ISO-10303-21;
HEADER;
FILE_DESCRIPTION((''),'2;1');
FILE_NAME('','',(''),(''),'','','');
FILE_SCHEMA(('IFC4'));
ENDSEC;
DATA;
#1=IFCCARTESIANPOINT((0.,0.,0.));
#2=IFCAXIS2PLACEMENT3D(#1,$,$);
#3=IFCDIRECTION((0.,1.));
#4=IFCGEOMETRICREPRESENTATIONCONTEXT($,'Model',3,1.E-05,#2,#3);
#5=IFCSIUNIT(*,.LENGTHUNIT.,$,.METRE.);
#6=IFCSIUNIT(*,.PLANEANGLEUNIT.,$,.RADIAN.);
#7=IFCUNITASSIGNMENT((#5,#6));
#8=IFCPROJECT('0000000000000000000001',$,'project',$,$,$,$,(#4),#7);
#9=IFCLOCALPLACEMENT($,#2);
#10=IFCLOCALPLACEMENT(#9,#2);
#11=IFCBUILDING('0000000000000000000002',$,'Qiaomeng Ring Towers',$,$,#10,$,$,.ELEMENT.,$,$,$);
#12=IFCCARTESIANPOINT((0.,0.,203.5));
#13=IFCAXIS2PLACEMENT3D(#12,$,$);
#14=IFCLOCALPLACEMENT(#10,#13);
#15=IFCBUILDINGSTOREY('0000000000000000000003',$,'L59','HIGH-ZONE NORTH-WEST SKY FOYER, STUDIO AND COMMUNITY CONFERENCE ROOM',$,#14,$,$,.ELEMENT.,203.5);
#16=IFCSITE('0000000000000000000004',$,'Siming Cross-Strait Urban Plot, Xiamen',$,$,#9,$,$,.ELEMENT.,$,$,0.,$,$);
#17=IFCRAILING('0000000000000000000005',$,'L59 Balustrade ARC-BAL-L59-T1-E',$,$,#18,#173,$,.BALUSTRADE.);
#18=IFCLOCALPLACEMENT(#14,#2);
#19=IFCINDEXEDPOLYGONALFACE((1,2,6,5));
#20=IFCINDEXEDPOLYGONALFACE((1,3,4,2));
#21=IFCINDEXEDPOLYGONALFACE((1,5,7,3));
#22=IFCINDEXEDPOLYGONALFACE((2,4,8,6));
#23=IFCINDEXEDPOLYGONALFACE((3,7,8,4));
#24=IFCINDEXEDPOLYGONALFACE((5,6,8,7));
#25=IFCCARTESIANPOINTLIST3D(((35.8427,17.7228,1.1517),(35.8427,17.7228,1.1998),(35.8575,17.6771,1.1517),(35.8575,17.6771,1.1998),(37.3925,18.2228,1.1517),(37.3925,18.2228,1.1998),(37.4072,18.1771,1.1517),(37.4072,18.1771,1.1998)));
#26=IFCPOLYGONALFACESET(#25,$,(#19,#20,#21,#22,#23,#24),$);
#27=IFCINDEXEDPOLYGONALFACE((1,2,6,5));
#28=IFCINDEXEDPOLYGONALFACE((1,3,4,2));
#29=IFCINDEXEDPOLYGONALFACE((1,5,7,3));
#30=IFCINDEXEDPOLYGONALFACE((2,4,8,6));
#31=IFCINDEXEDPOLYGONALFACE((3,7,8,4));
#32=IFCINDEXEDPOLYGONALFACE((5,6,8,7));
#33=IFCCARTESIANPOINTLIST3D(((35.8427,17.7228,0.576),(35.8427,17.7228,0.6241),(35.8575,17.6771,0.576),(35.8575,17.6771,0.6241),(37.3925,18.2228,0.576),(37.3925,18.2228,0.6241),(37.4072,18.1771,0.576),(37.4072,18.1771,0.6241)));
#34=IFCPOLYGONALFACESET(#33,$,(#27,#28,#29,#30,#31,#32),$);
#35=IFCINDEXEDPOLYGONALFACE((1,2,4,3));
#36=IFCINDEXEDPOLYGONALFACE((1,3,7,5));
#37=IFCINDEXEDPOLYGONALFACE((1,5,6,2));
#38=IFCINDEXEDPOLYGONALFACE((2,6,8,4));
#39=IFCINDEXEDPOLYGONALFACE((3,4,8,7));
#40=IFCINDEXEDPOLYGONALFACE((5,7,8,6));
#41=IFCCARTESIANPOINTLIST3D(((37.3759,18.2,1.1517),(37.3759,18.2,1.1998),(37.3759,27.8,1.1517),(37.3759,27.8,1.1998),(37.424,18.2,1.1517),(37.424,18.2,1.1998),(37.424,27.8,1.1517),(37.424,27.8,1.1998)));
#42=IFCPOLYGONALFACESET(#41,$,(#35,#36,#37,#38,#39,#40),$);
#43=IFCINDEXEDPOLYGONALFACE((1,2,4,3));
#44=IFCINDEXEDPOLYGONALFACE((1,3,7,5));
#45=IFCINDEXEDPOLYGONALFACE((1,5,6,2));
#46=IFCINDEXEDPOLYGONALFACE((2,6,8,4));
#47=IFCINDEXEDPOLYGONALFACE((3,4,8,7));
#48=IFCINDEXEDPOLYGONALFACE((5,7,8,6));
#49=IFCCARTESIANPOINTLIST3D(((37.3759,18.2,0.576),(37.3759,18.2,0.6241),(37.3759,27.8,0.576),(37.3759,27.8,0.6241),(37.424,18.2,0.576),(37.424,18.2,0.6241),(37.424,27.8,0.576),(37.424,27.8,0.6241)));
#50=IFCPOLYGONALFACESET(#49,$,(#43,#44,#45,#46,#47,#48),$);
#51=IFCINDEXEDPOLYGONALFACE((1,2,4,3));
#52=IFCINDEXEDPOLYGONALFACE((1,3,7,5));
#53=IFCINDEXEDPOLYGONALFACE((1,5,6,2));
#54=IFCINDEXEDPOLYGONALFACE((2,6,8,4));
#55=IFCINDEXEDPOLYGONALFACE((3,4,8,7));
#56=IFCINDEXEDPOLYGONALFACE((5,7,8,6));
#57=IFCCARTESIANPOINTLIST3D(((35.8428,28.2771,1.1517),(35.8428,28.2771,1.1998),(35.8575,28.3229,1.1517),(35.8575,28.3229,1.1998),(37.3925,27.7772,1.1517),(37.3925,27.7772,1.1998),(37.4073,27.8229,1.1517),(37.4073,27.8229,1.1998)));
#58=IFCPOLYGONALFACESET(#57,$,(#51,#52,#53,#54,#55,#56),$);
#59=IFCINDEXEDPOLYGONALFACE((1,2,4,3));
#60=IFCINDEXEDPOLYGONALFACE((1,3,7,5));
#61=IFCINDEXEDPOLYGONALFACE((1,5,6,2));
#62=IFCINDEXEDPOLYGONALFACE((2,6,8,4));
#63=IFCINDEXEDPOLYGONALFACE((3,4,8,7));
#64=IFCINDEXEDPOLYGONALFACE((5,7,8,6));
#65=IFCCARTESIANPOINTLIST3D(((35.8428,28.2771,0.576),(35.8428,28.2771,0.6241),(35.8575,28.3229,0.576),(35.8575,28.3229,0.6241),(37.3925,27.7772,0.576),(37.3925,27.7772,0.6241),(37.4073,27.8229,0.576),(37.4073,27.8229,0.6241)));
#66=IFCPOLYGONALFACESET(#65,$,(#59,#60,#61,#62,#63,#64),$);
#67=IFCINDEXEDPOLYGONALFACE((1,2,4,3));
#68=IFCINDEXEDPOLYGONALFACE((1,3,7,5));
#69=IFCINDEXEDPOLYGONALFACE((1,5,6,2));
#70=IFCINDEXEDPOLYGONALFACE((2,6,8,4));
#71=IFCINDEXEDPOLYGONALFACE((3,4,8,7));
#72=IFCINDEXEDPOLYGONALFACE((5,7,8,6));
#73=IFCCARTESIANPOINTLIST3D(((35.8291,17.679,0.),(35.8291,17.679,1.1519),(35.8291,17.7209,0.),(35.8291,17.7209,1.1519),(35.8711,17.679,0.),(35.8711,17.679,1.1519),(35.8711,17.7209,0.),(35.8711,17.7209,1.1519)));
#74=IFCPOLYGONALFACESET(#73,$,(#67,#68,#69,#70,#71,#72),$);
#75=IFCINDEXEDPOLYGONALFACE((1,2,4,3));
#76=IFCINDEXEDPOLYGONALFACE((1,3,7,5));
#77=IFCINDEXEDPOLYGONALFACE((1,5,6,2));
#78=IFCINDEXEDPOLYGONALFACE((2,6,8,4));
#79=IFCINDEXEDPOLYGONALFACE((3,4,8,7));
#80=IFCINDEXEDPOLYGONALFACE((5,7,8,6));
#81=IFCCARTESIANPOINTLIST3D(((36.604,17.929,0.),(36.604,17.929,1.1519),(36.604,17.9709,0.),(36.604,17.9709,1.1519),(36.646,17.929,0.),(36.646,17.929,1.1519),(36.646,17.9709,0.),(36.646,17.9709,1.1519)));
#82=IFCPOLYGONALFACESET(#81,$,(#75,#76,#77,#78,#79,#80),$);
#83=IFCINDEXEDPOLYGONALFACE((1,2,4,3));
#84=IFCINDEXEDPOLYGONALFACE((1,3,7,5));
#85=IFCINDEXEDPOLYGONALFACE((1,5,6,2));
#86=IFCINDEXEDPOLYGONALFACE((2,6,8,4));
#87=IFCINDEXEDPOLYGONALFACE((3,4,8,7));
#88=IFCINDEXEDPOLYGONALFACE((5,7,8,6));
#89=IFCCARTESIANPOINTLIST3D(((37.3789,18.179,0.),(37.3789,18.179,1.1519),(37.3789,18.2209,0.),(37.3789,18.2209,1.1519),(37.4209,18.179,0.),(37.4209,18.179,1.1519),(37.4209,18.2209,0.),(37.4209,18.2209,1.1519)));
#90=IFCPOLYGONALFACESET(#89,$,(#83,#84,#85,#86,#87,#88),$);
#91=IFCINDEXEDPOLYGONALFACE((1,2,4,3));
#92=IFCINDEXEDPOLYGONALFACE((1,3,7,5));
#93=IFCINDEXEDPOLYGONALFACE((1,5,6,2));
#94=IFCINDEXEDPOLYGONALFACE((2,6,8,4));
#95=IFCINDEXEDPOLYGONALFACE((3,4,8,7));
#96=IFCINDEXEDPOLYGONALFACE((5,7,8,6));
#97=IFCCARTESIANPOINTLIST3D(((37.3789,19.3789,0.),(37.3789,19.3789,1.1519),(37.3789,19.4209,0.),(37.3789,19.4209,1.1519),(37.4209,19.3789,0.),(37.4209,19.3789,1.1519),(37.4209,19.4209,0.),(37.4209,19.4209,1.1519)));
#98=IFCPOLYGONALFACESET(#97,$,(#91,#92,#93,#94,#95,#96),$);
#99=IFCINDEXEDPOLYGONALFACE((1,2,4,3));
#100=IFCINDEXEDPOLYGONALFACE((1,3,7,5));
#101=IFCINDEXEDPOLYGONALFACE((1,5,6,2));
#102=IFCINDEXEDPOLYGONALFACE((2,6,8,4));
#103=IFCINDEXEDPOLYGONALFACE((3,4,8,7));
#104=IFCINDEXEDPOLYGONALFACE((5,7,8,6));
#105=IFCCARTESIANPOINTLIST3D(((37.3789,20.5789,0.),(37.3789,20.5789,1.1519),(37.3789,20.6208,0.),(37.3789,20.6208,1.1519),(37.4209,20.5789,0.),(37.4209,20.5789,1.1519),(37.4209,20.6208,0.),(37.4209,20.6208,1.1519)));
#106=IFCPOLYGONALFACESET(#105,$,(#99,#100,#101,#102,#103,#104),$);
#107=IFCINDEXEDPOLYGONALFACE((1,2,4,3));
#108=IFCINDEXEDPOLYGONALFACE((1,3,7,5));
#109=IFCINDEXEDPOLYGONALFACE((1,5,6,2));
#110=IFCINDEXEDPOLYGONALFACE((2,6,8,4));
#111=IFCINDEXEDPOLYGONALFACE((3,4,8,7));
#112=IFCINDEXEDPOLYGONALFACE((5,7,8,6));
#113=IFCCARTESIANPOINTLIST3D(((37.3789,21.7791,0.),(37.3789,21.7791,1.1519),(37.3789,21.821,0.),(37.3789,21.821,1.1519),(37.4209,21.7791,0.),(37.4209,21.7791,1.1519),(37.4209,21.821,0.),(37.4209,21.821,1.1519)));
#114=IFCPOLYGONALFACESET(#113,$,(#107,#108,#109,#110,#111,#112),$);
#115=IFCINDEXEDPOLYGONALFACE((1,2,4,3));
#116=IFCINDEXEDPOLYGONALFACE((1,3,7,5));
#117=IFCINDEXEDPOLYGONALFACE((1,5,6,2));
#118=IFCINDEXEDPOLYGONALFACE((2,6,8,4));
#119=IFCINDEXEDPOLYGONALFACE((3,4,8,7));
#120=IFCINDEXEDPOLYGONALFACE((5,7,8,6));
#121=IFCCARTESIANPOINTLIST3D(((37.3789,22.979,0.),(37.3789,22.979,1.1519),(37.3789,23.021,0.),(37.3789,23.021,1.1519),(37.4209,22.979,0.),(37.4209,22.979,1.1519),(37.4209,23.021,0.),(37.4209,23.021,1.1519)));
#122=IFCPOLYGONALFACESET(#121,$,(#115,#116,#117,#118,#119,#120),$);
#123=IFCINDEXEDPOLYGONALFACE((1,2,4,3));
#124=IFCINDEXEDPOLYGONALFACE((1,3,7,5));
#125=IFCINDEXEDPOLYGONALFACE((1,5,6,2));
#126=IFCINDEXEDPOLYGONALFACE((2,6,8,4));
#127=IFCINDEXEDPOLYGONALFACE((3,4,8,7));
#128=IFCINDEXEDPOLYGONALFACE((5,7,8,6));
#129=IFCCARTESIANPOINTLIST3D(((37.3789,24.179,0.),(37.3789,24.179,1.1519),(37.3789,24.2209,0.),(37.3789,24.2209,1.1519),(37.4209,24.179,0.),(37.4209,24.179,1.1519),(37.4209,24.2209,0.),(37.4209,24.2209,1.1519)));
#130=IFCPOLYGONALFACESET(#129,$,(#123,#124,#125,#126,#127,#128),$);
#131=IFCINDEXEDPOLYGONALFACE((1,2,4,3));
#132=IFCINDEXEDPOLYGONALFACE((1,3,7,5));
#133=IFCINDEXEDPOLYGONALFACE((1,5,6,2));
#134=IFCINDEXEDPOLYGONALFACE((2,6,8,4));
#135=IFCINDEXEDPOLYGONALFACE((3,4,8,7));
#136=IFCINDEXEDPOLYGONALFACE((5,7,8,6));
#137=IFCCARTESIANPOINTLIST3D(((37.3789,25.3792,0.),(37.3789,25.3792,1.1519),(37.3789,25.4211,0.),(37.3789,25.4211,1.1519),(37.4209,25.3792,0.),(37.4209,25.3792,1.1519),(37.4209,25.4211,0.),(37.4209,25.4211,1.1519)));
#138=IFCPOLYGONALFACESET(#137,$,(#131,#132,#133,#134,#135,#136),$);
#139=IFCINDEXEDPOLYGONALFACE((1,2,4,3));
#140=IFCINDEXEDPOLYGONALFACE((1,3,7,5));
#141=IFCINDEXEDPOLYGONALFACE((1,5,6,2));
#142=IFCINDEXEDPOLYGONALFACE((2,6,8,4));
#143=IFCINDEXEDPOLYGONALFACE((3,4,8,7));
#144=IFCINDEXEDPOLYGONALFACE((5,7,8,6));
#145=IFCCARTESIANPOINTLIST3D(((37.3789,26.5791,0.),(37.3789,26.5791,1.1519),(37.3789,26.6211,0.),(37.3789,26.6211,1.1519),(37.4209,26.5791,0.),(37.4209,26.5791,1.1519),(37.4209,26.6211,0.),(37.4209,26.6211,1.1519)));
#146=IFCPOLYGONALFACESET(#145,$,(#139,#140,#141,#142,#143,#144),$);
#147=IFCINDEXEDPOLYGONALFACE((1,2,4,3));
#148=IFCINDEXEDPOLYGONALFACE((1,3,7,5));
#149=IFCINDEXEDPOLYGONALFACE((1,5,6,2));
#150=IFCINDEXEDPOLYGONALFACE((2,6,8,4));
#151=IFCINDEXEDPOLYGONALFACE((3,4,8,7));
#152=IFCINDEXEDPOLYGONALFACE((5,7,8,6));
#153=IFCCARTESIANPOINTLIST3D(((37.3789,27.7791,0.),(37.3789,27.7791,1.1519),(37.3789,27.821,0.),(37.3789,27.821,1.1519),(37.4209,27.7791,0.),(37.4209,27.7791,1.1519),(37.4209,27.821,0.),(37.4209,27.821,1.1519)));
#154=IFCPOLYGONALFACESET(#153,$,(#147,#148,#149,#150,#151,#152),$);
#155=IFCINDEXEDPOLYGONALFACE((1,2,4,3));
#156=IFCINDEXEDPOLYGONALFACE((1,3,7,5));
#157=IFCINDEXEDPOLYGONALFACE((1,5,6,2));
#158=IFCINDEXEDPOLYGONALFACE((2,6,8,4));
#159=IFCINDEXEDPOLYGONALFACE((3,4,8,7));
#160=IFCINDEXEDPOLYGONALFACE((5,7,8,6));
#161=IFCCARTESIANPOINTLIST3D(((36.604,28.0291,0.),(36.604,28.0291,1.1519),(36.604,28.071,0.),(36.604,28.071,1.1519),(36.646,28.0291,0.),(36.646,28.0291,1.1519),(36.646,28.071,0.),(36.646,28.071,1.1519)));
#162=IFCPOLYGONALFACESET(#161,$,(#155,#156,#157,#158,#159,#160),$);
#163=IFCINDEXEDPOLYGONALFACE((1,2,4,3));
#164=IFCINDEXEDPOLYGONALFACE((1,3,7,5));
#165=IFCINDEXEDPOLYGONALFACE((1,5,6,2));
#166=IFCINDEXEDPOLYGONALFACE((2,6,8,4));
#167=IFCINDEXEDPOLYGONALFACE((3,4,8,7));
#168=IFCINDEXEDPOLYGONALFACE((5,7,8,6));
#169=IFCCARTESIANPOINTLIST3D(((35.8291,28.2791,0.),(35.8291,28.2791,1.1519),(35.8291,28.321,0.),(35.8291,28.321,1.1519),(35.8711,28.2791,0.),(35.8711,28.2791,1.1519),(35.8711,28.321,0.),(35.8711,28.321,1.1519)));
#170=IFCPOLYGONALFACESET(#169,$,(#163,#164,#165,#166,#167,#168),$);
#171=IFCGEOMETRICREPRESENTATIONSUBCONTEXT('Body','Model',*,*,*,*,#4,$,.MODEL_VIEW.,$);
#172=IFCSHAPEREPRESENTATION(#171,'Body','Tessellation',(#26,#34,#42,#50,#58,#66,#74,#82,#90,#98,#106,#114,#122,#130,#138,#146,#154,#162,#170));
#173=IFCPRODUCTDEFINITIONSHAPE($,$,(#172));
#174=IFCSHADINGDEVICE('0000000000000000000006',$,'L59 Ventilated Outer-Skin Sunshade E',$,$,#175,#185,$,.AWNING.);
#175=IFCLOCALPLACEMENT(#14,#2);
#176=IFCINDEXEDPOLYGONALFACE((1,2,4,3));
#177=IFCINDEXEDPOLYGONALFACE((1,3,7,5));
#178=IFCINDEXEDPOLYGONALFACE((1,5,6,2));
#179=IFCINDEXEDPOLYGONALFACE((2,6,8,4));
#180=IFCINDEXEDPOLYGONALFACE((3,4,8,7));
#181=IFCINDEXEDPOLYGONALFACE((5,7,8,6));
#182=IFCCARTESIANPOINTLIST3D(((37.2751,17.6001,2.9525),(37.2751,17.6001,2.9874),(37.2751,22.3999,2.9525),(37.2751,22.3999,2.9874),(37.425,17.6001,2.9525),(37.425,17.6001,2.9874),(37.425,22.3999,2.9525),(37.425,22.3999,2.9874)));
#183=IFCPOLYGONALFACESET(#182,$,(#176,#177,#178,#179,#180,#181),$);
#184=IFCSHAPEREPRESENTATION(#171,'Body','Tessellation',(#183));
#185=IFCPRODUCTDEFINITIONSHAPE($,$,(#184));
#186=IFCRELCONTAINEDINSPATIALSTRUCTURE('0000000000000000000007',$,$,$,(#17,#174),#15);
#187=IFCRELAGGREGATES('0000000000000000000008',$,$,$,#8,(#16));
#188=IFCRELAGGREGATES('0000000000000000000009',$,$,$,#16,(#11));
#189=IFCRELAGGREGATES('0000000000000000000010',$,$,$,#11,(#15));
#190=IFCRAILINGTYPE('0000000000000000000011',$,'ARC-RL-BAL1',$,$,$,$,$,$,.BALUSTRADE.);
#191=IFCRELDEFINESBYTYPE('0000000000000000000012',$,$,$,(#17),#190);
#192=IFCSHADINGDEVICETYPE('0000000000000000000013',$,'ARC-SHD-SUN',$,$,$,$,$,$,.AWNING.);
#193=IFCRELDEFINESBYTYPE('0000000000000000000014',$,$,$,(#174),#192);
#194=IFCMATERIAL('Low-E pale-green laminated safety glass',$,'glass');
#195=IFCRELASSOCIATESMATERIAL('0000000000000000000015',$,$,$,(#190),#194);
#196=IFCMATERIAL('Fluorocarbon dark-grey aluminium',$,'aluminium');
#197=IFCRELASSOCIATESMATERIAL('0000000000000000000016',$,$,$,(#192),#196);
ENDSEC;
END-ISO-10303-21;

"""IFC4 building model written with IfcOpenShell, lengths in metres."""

from ifc_helpers import new_model, si_unit, direction, frame, origin, origin_2d, place, context, subcontext, project, spatial, rectangle, extrude, source, transform, mapped, material, material_profile, profile_set, type_object, element, save


model = new_model("IFC4")

# Units and contexts
model_context = context("Model", 3, precision=1e-05, world=origin(), true_north=direction((0.0, 1.0)))
body_context = subcontext(model_context, "Body", "Model", "MODEL_VIEW")
ifc_project = project(units=[si_unit("LENGTHUNIT", "METRE"), si_unit("PLANEANGLEUNIT", "RADIAN")], contexts=[model_context])

# Site, building, storey
site_placement = place(None, origin())
site = spatial("IfcSite", under=ifc_project, at=site_placement, Name="Siming Cross-Strait Urban Plot, Xiamen", CompositionType="ELEMENT", RefElevation=0.0)
building_placement = place(site_placement, origin())
building = spatial("IfcBuilding", under=site, at=building_placement, Name="Qiaomeng Ring Towers", CompositionType="ELEMENT")
storey_placement = place(building_placement, frame((0.0, 0.0, 203.5)))
storey = spatial("IfcBuildingStorey", under=building, at=storey_placement, Name="L59", Description="HIGH-ZONE NORTH-WEST SKY FOYER, STUDIO AND COMMUNITY CONFERENCE ROOM", CompositionType="ELEMENT", Elevation=203.5)

# Railing
ifc_material_1 = material(Name="Low-E pale-green laminated safety glass", Category="glass")
railing_type = type_object("IfcRailingType", Name="ARC-RL-BAL1", PredefinedType="BALUSTRADE", material=ifc_material_1)
railing_placement = place(storey_placement, frame((35.8501, 17.7, 0.0)))
element("IfcRailing", 1, at=railing_placement, inside=storey, type_object=railing_type, Name="L59 Balustrade ARC-BAL-L59-T1-E", PredefinedType="BALUSTRADE", context=body_context, shape_type="SweptSolid", body=[
    extrude(rectangle(XDim=0.0481, YDim=0.0481, at=origin_2d()), frame((0.0, 0.0, 1.1758), z_axis=(0.951697, 0.307038, 0.0), x_axis=(-0.307038, 0.951697, 0.0)), (0.0, 0.0, 1.0), 1.6284),
    extrude(rectangle(XDim=0.0481, YDim=0.0481, at=origin_2d()), frame((0.0, 0.0, 0.6001), z_axis=(0.951697, 0.307038, 0.0), x_axis=(-0.307038, 0.951697, 0.0)), (0.0, 0.0, 1.0), 1.6284),
    extrude(rectangle(XDim=0.0481, YDim=0.0481, at=origin_2d()), frame((1.5498, 0.5, 1.1758), z_axis=(0.0, 1.0, 0.0), x_axis=(-1.0, 0.0, 0.0)), (0.0, 0.0, 1.0), 9.6001),
    extrude(rectangle(XDim=0.0481, YDim=0.0481, at=origin_2d()), frame((1.5498, 0.5, 0.6001), z_axis=(0.0, 1.0, 0.0), x_axis=(-1.0, 0.0, 0.0)), (0.0, 0.0, 1.0), 9.6001),
    extrude(rectangle(XDim=0.0481, YDim=0.0481, at=origin_2d()), frame((1.5498, 10.1001, 1.1758), z_axis=(-0.951697, 0.307038, 0.0), x_axis=(-0.307038, -0.951697, 0.0)), (0.0, 0.0, 1.0), 1.6284),
    extrude(rectangle(XDim=0.0481, YDim=0.0481, at=origin_2d()), frame((1.5498, 10.1001, 0.6001), z_axis=(-0.951697, 0.307038, 0.0), x_axis=(-0.307038, -0.951697, 0.0)), (0.0, 0.0, 1.0), 1.6284),
    extrude(rectangle(XDim=0.042, YDim=0.042, at=origin_2d()), origin(), (0.0, 0.0, 1.0), 1.1519),
    extrude(rectangle(XDim=0.042, YDim=0.042, at=origin_2d()), frame((0.7749, 0.25, 0.0)), (0.0, 0.0, 1.0), 1.1519),
    extrude(rectangle(XDim=0.042, YDim=0.042, at=origin_2d()), frame((1.5498, 0.5, 0.0)), (0.0, 0.0, 1.0), 1.1519),
    extrude(rectangle(XDim=0.042, YDim=0.042, at=origin_2d()), frame((1.5498, 1.7, 0.0)), (0.0, 0.0, 1.0), 1.1519),
    extrude(rectangle(XDim=0.042, YDim=0.042, at=origin_2d()), frame((1.5498, 2.8999, 0.0)), (0.0, 0.0, 1.0), 1.1519),
    extrude(rectangle(XDim=0.042, YDim=0.042, at=origin_2d()), frame((1.5498, 4.1001, 0.0)), (0.0, 0.0, 1.0), 1.1519),
    extrude(rectangle(XDim=0.042, YDim=0.042, at=origin_2d()), frame((1.5498, 5.3, 0.0)), (0.0, 0.0, 1.0), 1.1519),
    extrude(rectangle(XDim=0.042, YDim=0.042, at=origin_2d()), frame((1.5498, 6.5, 0.0)), (0.0, 0.0, 1.0), 1.1519),
    extrude(rectangle(XDim=0.042, YDim=0.042, at=origin_2d()), frame((1.5498, 7.7002, 0.0)), (0.0, 0.0, 1.0), 1.1519),
    extrude(rectangle(XDim=0.042, YDim=0.042, at=origin_2d()), frame((1.5498, 8.9001, 0.0)), (0.0, 0.0, 1.0), 1.1519),
    extrude(rectangle(XDim=0.042, YDim=0.042, at=origin_2d()), frame((1.5498, 10.1001, 0.0)), (0.0, 0.0, 1.0), 1.1519),
    extrude(rectangle(XDim=0.042, YDim=0.042, at=origin_2d()), frame((0.7749, 10.3501, 0.0)), (0.0, 0.0, 1.0), 1.1519),
    extrude(rectangle(XDim=0.042, YDim=0.042, at=origin_2d()), frame((0.0, 10.6001, 0.0)), (0.0, 0.0, 1.0), 1.1519),
])

# Shading device
ifc_material_2 = material(Name="Fluorocarbon dark-grey aluminium", Category="aluminium")
ifc_material_profile_1 = material_profile(ifc_material_2, rectangle(XDim=0.1499, YDim=0.0349, at=origin_2d()), Name="LV BLADE 150x35")
ifc_profile_set_1 = profile_set([ifc_material_profile_1], Name="Fluorocarbon dark-grey aluminium")
shading_device_type = type_object("IfcShadingDeviceType", Name="ARC-SHD-SUN", PredefinedType="AWNING", material=ifc_profile_set_1)
shared_shape_1 = source(origin(), body_context, "Body", "SweptSolid", [
    extrude(rectangle(XDim=0.1499, YDim=0.0349, at=origin_2d()), origin(), (0.0, 0.0, 1.0), 4.7998),
])
shading_device_placement = place(storey_placement, frame((37.3501, 17.6001, 2.97), z_axis=(0.0, 1.0, 0.0), x_axis=(-1.0, 0.0, 0.0)))
element("IfcShadingDevice", 2, at=shading_device_placement, inside=storey, type_object=shading_device_type, Name="L59 Ventilated Outer-Skin Sunshade E", PredefinedType="AWNING", context=body_context, shape_type="MappedRepresentation", body=[
    mapped(shared_shape_1, transform((0.0, 0.0, 0.0), x_axis=(1.0, 0.0, 0.0), y_axis=(0.0, 1.0, 0.0), z_axis=(0.0, 0.0, 1.0), scale=1.0)),
])

save(model, "model.ifc")
